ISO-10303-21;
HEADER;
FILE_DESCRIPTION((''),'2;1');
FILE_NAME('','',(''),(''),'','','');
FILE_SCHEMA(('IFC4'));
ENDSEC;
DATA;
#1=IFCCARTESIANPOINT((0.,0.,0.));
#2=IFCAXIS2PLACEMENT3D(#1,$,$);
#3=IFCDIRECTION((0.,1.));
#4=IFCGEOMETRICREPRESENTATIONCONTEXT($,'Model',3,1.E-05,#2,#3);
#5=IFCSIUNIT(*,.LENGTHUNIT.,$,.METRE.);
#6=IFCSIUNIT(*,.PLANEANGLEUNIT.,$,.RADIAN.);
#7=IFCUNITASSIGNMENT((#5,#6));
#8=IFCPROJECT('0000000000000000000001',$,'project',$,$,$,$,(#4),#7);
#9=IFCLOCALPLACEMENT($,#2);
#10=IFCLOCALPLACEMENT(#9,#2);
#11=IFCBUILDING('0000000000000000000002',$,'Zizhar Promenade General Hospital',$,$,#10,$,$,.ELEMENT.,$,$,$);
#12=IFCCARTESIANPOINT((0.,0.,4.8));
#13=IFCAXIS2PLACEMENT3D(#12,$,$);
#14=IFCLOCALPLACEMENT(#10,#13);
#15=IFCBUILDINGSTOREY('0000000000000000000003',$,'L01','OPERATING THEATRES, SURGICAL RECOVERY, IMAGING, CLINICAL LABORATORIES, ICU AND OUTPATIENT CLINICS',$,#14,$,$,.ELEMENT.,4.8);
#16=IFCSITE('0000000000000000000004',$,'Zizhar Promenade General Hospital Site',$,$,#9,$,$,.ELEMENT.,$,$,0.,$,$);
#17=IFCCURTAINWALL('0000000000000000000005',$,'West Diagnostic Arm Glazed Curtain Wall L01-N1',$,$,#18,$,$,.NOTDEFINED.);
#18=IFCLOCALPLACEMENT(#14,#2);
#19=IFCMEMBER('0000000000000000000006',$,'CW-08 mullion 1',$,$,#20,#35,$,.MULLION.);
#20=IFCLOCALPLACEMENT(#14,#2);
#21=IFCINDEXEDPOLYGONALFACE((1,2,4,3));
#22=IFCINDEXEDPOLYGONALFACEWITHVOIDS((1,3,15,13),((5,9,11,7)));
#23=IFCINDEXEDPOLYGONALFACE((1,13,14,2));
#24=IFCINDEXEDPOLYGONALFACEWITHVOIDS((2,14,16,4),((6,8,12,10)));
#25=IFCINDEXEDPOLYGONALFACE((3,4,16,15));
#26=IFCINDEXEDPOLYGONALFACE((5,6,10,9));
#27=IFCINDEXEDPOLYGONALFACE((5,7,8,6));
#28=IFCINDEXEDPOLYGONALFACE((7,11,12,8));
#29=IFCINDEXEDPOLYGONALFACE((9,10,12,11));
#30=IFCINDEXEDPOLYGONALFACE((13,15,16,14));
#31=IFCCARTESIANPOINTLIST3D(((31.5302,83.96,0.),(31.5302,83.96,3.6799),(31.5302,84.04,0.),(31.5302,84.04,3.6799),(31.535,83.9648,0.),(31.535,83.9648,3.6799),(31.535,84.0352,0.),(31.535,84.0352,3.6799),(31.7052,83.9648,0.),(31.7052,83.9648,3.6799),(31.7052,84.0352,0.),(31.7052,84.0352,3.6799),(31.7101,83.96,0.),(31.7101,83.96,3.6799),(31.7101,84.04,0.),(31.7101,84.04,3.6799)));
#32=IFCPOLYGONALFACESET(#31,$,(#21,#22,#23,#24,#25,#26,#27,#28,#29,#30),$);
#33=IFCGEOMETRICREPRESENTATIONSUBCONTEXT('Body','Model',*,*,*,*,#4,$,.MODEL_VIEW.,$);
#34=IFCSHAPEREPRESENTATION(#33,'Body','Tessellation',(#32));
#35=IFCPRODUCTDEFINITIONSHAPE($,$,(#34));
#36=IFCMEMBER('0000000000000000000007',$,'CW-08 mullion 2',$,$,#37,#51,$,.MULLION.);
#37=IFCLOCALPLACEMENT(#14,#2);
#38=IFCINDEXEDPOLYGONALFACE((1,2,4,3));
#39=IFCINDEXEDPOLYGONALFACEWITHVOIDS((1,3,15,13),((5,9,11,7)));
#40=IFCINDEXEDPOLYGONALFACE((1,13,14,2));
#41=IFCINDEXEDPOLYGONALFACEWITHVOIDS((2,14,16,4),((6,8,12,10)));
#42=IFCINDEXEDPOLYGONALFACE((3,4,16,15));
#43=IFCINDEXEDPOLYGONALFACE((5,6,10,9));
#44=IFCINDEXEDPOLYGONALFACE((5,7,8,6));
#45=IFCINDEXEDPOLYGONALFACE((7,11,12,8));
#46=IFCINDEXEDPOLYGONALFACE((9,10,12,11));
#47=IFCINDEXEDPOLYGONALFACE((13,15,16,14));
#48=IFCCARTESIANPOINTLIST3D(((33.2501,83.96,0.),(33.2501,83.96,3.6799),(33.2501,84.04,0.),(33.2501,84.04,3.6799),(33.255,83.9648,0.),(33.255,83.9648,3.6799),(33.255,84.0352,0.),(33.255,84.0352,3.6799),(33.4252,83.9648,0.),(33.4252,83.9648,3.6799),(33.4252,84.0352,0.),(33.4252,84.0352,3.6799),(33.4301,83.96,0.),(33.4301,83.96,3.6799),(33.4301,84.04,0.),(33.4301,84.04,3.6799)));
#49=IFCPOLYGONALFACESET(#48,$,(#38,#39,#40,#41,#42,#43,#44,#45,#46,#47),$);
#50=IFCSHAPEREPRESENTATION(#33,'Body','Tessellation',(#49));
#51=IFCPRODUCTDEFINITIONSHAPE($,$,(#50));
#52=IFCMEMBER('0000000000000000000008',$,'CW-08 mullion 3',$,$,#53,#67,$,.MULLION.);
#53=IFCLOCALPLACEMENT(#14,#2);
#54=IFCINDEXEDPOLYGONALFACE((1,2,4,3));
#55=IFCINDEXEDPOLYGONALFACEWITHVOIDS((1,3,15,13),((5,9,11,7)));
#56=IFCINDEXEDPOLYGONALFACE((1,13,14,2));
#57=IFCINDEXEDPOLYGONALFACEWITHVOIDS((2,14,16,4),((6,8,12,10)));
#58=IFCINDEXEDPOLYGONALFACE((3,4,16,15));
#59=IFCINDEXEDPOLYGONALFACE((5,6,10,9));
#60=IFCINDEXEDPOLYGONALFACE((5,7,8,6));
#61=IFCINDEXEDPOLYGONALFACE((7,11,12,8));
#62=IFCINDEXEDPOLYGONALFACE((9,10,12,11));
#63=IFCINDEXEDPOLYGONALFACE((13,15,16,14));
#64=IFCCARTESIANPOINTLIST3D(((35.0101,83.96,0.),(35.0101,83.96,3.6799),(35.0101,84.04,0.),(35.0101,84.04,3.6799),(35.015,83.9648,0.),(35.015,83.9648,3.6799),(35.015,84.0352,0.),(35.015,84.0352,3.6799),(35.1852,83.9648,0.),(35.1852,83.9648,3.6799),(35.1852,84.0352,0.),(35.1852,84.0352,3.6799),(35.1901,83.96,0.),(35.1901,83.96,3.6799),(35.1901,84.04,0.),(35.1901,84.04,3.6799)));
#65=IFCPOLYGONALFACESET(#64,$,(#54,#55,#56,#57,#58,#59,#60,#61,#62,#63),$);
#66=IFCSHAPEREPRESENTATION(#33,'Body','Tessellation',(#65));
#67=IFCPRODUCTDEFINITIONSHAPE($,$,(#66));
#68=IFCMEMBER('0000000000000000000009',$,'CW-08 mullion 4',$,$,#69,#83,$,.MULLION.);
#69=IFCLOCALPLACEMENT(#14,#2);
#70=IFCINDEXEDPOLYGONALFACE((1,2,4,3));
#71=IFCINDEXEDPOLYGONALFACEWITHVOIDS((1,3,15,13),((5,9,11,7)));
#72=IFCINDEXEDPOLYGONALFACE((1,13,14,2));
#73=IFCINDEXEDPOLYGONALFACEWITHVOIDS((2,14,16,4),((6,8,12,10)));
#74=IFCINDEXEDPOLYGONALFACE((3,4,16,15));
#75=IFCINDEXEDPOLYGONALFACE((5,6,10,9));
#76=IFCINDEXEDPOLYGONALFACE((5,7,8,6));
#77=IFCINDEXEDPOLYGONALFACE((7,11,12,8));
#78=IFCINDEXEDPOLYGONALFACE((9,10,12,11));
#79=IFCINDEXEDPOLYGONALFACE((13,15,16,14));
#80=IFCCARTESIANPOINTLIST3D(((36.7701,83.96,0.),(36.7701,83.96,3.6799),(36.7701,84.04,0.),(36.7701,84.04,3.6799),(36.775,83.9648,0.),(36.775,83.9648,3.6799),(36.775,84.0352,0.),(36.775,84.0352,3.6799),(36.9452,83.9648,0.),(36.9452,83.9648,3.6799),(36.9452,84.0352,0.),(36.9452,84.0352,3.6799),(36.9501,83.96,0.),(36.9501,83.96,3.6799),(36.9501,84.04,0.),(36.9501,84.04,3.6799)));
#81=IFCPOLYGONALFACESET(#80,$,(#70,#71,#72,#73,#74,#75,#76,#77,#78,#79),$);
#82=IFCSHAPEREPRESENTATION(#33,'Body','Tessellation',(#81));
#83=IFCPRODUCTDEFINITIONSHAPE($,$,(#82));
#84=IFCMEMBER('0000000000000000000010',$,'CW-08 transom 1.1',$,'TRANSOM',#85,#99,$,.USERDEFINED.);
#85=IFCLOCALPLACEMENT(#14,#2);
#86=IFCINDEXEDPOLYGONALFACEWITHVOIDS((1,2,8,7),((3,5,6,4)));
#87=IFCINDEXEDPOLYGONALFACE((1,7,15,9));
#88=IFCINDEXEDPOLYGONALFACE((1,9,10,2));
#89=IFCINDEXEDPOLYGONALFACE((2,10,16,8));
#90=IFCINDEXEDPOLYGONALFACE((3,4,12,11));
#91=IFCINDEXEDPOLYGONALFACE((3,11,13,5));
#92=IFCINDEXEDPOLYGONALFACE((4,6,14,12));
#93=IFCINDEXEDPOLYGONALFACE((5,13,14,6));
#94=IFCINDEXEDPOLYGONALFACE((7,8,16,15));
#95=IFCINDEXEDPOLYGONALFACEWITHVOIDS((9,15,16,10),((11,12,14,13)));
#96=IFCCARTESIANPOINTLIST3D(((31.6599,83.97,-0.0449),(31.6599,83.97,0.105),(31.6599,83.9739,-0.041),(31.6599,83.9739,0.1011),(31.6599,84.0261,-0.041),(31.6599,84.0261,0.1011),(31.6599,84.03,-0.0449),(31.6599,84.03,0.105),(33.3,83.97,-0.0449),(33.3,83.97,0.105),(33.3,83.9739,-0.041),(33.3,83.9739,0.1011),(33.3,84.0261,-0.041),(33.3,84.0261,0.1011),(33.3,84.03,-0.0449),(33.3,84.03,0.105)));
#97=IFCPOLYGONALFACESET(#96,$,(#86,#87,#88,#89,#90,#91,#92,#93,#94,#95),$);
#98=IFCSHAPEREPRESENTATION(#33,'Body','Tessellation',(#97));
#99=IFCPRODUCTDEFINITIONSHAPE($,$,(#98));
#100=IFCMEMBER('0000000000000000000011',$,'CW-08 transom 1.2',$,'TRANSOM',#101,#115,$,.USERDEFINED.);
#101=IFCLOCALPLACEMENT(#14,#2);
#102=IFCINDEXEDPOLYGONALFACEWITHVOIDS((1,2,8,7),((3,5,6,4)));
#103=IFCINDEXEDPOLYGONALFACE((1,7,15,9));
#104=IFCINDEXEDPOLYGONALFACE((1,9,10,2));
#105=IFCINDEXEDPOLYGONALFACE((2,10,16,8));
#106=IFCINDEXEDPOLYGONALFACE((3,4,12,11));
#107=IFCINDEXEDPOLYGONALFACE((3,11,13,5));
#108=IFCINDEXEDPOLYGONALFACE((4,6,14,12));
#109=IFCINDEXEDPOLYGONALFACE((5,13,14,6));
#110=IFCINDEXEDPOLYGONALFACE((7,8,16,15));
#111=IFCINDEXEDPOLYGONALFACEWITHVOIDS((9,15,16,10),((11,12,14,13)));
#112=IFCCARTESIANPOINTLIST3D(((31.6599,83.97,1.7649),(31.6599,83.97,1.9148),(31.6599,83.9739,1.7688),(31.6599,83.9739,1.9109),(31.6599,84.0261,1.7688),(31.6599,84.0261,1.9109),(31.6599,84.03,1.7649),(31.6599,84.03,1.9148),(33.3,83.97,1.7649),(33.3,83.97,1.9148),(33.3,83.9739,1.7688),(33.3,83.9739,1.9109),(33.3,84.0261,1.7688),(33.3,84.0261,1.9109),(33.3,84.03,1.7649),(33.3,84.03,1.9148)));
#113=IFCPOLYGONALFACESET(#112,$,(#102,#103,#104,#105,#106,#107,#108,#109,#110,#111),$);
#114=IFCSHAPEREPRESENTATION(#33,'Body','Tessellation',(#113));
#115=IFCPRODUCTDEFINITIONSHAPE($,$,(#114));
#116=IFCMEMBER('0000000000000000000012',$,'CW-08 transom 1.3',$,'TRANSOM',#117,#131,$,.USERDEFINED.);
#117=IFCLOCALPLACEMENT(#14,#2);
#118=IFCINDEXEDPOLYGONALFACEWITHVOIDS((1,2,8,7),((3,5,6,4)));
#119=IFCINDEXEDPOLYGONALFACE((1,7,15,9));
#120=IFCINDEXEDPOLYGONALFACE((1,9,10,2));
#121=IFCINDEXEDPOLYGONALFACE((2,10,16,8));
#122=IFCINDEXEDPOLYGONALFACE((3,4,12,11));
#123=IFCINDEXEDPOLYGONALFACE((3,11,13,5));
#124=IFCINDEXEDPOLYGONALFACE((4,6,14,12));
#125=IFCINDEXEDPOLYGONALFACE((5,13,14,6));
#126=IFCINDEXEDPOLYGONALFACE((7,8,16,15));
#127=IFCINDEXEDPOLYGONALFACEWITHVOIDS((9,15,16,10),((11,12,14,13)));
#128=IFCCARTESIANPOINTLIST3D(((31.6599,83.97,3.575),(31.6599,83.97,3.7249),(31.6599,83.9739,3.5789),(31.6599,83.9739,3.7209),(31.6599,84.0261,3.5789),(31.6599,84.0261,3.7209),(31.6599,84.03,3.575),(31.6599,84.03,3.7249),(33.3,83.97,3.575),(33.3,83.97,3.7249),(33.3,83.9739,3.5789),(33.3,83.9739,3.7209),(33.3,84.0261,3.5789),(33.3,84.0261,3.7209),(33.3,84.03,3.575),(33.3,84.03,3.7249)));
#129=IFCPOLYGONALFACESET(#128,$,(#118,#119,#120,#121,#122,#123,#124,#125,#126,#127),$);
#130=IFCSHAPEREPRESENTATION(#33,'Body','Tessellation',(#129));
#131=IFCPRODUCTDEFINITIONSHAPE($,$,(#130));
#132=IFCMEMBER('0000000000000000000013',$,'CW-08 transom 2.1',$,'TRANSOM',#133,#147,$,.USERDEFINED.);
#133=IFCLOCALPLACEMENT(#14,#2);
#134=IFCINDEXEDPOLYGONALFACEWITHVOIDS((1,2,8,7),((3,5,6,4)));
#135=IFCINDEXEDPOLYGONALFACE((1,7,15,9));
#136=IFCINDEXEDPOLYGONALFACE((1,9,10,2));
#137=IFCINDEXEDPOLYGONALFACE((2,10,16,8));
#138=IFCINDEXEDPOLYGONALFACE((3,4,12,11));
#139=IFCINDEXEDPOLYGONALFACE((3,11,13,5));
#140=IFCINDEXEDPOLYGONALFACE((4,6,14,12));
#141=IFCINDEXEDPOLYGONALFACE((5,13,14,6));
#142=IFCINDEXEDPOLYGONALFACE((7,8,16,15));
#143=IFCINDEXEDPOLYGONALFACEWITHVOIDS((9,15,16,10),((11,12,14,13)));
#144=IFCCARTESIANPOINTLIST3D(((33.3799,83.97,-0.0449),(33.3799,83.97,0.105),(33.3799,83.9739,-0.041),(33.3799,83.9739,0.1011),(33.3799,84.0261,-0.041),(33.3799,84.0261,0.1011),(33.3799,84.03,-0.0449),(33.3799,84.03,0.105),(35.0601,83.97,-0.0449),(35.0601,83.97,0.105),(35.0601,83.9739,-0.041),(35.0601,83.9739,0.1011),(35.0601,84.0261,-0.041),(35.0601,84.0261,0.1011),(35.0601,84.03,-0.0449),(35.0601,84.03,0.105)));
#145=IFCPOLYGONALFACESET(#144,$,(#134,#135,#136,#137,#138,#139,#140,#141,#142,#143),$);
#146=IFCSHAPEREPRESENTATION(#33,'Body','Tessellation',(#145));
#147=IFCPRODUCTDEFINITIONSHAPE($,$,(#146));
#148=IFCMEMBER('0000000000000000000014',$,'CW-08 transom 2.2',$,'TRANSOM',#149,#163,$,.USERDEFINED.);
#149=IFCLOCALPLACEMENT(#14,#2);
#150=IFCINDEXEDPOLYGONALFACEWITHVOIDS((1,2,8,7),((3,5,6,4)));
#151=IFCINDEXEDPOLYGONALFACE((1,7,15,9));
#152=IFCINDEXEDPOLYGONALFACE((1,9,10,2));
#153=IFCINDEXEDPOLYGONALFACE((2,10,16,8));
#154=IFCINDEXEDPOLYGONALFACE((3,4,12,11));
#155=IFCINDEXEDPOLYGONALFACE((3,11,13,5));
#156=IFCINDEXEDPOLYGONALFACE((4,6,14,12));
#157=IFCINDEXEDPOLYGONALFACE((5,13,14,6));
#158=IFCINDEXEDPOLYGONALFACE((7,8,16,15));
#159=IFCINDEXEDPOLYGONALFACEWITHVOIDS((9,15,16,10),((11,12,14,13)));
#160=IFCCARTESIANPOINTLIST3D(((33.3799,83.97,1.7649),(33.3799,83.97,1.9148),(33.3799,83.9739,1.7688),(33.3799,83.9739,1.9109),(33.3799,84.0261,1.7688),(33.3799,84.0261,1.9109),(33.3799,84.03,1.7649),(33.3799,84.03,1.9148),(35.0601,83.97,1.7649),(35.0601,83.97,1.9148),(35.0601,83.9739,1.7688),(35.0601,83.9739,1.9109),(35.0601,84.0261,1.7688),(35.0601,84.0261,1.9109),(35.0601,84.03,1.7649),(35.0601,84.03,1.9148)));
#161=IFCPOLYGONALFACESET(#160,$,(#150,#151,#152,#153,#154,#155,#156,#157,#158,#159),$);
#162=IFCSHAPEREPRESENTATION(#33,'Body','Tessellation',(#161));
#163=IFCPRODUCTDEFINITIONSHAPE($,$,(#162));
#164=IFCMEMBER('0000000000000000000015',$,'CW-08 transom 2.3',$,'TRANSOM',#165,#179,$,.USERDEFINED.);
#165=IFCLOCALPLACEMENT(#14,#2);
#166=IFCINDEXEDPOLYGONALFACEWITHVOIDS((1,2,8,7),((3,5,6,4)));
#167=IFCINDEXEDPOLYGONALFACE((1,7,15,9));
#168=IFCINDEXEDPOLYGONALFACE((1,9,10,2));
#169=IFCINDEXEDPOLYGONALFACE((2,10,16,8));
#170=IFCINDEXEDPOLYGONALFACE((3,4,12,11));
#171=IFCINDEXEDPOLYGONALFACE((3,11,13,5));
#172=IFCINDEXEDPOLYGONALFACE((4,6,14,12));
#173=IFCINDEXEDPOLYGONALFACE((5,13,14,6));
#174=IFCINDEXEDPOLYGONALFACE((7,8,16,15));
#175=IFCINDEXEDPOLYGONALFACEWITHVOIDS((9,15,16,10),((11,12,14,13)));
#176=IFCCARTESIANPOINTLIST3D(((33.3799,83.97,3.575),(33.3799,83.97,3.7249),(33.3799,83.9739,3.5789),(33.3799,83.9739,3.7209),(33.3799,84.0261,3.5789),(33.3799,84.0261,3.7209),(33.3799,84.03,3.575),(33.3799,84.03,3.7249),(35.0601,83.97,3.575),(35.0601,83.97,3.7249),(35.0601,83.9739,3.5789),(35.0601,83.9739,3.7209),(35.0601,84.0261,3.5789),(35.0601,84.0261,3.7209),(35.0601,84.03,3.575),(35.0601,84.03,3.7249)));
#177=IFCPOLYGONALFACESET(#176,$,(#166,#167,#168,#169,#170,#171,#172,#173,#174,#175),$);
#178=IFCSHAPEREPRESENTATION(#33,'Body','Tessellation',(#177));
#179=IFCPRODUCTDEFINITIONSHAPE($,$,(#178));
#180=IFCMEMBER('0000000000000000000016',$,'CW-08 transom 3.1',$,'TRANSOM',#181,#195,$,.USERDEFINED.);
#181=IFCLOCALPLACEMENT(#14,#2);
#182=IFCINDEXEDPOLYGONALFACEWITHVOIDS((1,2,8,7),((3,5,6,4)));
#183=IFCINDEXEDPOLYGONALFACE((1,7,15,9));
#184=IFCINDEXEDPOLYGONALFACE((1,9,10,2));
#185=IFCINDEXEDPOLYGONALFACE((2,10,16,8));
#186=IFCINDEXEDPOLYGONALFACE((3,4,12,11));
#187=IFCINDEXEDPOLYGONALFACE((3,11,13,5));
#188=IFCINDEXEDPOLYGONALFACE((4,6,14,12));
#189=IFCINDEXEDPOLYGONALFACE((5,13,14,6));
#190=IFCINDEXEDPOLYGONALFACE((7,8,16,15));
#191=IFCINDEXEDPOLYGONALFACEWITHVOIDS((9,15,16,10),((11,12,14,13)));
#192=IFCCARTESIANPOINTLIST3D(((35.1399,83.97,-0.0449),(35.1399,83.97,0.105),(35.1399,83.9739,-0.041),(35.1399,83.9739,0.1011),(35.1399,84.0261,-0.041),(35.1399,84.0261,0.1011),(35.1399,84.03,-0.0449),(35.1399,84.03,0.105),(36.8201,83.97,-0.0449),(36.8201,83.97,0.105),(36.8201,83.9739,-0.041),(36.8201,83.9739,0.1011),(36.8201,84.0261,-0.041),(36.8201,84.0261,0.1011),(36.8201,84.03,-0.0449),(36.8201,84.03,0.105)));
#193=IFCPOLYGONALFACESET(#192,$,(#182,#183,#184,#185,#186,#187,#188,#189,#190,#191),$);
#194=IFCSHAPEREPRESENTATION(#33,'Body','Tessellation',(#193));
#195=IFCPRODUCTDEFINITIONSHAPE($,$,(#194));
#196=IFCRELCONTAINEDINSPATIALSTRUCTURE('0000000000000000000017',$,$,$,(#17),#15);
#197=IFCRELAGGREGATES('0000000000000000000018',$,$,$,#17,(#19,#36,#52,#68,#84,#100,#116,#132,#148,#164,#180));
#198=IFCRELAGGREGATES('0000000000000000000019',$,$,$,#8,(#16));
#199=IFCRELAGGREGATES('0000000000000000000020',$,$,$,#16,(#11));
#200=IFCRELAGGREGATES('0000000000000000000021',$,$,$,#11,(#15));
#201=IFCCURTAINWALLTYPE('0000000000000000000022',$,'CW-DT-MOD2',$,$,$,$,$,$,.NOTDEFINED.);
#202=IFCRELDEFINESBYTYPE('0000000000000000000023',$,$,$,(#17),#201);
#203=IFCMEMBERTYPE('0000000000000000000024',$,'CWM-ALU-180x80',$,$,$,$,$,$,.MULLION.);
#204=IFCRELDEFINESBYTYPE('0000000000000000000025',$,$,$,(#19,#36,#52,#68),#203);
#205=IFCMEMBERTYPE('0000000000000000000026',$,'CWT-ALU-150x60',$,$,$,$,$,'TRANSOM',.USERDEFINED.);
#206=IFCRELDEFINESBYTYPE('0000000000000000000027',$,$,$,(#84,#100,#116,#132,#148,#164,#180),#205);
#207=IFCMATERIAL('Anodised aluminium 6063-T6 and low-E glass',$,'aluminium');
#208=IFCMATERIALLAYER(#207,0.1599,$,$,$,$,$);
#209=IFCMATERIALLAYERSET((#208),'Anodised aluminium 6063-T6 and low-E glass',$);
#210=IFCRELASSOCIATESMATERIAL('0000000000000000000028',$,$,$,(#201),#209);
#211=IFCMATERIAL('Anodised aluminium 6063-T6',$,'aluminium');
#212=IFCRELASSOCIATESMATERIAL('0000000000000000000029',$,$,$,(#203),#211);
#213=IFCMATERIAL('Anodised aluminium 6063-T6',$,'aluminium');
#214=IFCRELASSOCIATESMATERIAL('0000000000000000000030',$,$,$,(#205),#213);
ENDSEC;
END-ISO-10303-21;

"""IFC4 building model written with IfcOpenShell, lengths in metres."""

from ifc_helpers import new_model, si_unit, direction, frame, origin, origin_2d, place, context, subcontext, project, spatial, hollow_rectangle, extrude, material, layer, layer_set, material_profile, profile_set, type_object, element, aggregate, save


model = new_model("IFC4")

# Units and contexts
model_context = context("Model", 3, precision=1e-05, world=origin(), true_north=direction((0.0, 1.0)))
body_context = subcontext(model_context, "Body", "Model", "MODEL_VIEW")
ifc_project = project(units=[si_unit("LENGTHUNIT", "METRE"), si_unit("PLANEANGLEUNIT", "RADIAN")], contexts=[model_context])

# Site, building, storey
site_placement = place(None, origin())
site = spatial("IfcSite", under=ifc_project, at=site_placement, Name="Zizhar Promenade General Hospital Site", CompositionType="ELEMENT", RefElevation=0.0)
building_placement = place(site_placement, origin())
building = spatial("IfcBuilding", under=site, at=building_placement, Name="Zizhar Promenade General Hospital", CompositionType="ELEMENT")
storey_placement = place(building_placement, frame((0.0, 0.0, 4.8)))
storey = spatial("IfcBuildingStorey", under=building, at=storey_placement, Name="L01", Description="OPERATING THEATRES, SURGICAL RECOVERY, IMAGING, CLINICAL LABORATORIES, ICU AND OUTPATIENT CLINICS", CompositionType="ELEMENT", Elevation=4.8)

# Curtain wall, members
ifc_material_1 = material(Name="Anodised aluminium 6063-T6 and low-E glass", Category="aluminium")
ifc_layer_1 = layer(ifc_material_1, 0.1599)
ifc_layer_set_1 = layer_set([ifc_layer_1], Name="Anodised aluminium 6063-T6 and low-E glass")
curtain_wall_type = type_object("IfcCurtainWallType", Name="CW-DT-MOD2", PredefinedType="NOTDEFINED", material=ifc_layer_set_1)
curtain_wall_placement = place(storey_placement, origin())
curtain_wall = element("IfcCurtainWall", 1, at=curtain_wall_placement, inside=storey, type_object=curtain_wall_type, Name="West Diagnostic Arm Glazed Curtain Wall L01-N1", PredefinedType="NOTDEFINED")
ifc_material_2 = material(Name="Anodised aluminium 6063-T6", Category="aluminium")
ifc_material_profile_1 = material_profile(ifc_material_2, hollow_rectangle(XDim=0.0801, YDim=0.1799, WallThickness=0.0049, at=origin_2d()))
ifc_profile_set_1 = profile_set([ifc_material_profile_1], Name="Anodised aluminium 6063-T6")
member_type_1 = type_object("IfcMemberType", Name="CWM-ALU-180x80", PredefinedType="MULLION", material=ifc_profile_set_1)
member_1_placement = place(storey_placement, frame((31.6201, 84.0, 0.0), z_axis=(0.0, 0.0, 1.0), x_axis=(0.0, 1.0, 0.0)))
member_1 = element("IfcMember", 2, at=member_1_placement, type_object=member_type_1, Name="CW-08 mullion 1", PredefinedType="MULLION", context=body_context, shape_type="SweptSolid", body=[
    extrude(hollow_rectangle(XDim=0.0801, YDim=0.1799, WallThickness=0.0049, at=origin_2d()), origin(), (0.0, 0.0, 1.0), 3.6799),
])
member_2_placement = place(storey_placement, frame((33.3401, 84.0, 0.0), z_axis=(0.0, 0.0, 1.0), x_axis=(0.0, 1.0, 0.0)))
member_2 = element("IfcMember", 3, at=member_2_placement, type_object=member_type_1, Name="CW-08 mullion 2", PredefinedType="MULLION", context=body_context, shape_type="SweptSolid", body=[
    extrude(hollow_rectangle(XDim=0.0801, YDim=0.1799, WallThickness=0.0049, at=origin_2d()), origin(), (0.0, 0.0, 1.0), 3.6799),
])
member_3_placement = place(storey_placement, frame((35.1001, 84.0, 0.0), z_axis=(0.0, 0.0, 1.0), x_axis=(0.0, 1.0, 0.0)))
member_3 = element("IfcMember", 4, at=member_3_placement, type_object=member_type_1, Name="CW-08 mullion 3", PredefinedType="MULLION", context=body_context, shape_type="SweptSolid", body=[
    extrude(hollow_rectangle(XDim=0.0801, YDim=0.1799, WallThickness=0.0049, at=origin_2d()), origin(), (0.0, 0.0, 1.0), 3.6799),
])
member_4_placement = place(storey_placement, frame((36.8601, 84.0, 0.0), z_axis=(0.0, 0.0, 1.0), x_axis=(0.0, 1.0, 0.0)))
member_4 = element("IfcMember", 5, at=member_4_placement, type_object=member_type_1, Name="CW-08 mullion 4", PredefinedType="MULLION", context=body_context, shape_type="SweptSolid", body=[
    extrude(hollow_rectangle(XDim=0.0801, YDim=0.1799, WallThickness=0.0049, at=origin_2d()), origin(), (0.0, 0.0, 1.0), 3.6799),
])
ifc_material_3 = material(Name="Anodised aluminium 6063-T6", Category="aluminium")
ifc_material_profile_2 = material_profile(ifc_material_3, hollow_rectangle(XDim=0.0601, YDim=0.1499, WallThickness=0.0039, at=origin_2d()))
ifc_profile_set_2 = profile_set([ifc_material_profile_2], Name="Anodised aluminium 6063-T6")
member_type_2 = type_object("IfcMemberType", Name="CWT-ALU-150x60", ElementType="TRANSOM", PredefinedType="USERDEFINED", material=ifc_profile_set_2)
member_5_placement = place(storey_placement, frame((31.6599, 84.0, 0.03), z_axis=(1.0, 0.0, 0.0), x_axis=(0.0, 1.0, 0.0)))
member_5 = element("IfcMember", 6, at=member_5_placement, type_object=member_type_2, Name="CW-08 transom 1.1", ObjectType="TRANSOM", PredefinedType="USERDEFINED", context=body_context, shape_type="SweptSolid", body=[
    extrude(hollow_rectangle(XDim=0.0601, YDim=0.1499, WallThickness=0.0039, at=origin_2d()), origin(), (0.0, 0.0, 1.0), 1.6401),
])
member_6_placement = place(storey_placement, frame((31.6599, 84.0, 1.8398), z_axis=(1.0, 0.0, 0.0), x_axis=(0.0, 1.0, 0.0)))
member_6 = element("IfcMember", 7, at=member_6_placement, type_object=member_type_2, Name="CW-08 transom 1.2", ObjectType="TRANSOM", PredefinedType="USERDEFINED", context=body_context, shape_type="SweptSolid", body=[
    extrude(hollow_rectangle(XDim=0.0601, YDim=0.1499, WallThickness=0.0039, at=origin_2d()), origin(), (0.0, 0.0, 1.0), 1.6401),
])
member_7_placement = place(storey_placement, frame((31.6599, 84.0, 3.6499), z_axis=(1.0, 0.0, 0.0), x_axis=(0.0, 1.0, 0.0)))
member_7 = element("IfcMember", 8, at=member_7_placement, type_object=member_type_2, Name="CW-08 transom 1.3", ObjectType="TRANSOM", PredefinedType="USERDEFINED", context=body_context, shape_type="SweptSolid", body=[
    extrude(hollow_rectangle(XDim=0.0601, YDim=0.1499, WallThickness=0.0039, at=origin_2d()), origin(), (0.0, 0.0, 1.0), 1.6401),
])
member_8_placement = place(storey_placement, frame((33.3799, 84.0, 0.03), z_axis=(1.0, 0.0, 0.0), x_axis=(0.0, 1.0, 0.0)))
member_8 = element("IfcMember", 9, at=member_8_placement, type_object=member_type_2, Name="CW-08 transom 2.1", ObjectType="TRANSOM", PredefinedType="USERDEFINED", context=body_context, shape_type="SweptSolid", body=[
    extrude(hollow_rectangle(XDim=0.0601, YDim=0.1499, WallThickness=0.0039, at=origin_2d()), origin(), (0.0, 0.0, 1.0), 1.6802),
])
member_9_placement = place(storey_placement, frame((33.3799, 84.0, 1.8398), z_axis=(1.0, 0.0, 0.0), x_axis=(0.0, 1.0, 0.0)))
member_9 = element("IfcMember", 10, at=member_9_placement, type_object=member_type_2, Name="CW-08 transom 2.2", ObjectType="TRANSOM", PredefinedType="USERDEFINED", context=body_context, shape_type="SweptSolid", body=[
    extrude(hollow_rectangle(XDim=0.0601, YDim=0.1499, WallThickness=0.0039, at=origin_2d()), origin(), (0.0, 0.0, 1.0), 1.6802),
])
member_10_placement = place(storey_placement, frame((33.3799, 84.0, 3.6499), z_axis=(1.0, 0.0, 0.0), x_axis=(0.0, 1.0, 0.0)))
member_10 = element("IfcMember", 11, at=member_10_placement, type_object=member_type_2, Name="CW-08 transom 2.3", ObjectType="TRANSOM", PredefinedType="USERDEFINED", context=body_context, shape_type="SweptSolid", body=[
    extrude(hollow_rectangle(XDim=0.0601, YDim=0.1499, WallThickness=0.0039, at=origin_2d()), origin(), (0.0, 0.0, 1.0), 1.6802),
])
member_11_placement = place(storey_placement, frame((35.1399, 84.0, 0.03), z_axis=(1.0, 0.0, 0.0), x_axis=(0.0, 1.0, 0.0)))
member_11 = element("IfcMember", 12, at=member_11_placement, type_object=member_type_2, Name="CW-08 transom 3.1", ObjectType="TRANSOM", PredefinedType="USERDEFINED", context=body_context, shape_type="SweptSolid", body=[
    extrude(hollow_rectangle(XDim=0.0601, YDim=0.1499, WallThickness=0.0039, at=origin_2d()), origin(), (0.0, 0.0, 1.0), 1.6802),
])
aggregate(curtain_wall, [member_1, member_2, member_3, member_4, member_5, member_6, member_7, member_8, member_9, member_10, member_11])

save(model, "model.ifc")
